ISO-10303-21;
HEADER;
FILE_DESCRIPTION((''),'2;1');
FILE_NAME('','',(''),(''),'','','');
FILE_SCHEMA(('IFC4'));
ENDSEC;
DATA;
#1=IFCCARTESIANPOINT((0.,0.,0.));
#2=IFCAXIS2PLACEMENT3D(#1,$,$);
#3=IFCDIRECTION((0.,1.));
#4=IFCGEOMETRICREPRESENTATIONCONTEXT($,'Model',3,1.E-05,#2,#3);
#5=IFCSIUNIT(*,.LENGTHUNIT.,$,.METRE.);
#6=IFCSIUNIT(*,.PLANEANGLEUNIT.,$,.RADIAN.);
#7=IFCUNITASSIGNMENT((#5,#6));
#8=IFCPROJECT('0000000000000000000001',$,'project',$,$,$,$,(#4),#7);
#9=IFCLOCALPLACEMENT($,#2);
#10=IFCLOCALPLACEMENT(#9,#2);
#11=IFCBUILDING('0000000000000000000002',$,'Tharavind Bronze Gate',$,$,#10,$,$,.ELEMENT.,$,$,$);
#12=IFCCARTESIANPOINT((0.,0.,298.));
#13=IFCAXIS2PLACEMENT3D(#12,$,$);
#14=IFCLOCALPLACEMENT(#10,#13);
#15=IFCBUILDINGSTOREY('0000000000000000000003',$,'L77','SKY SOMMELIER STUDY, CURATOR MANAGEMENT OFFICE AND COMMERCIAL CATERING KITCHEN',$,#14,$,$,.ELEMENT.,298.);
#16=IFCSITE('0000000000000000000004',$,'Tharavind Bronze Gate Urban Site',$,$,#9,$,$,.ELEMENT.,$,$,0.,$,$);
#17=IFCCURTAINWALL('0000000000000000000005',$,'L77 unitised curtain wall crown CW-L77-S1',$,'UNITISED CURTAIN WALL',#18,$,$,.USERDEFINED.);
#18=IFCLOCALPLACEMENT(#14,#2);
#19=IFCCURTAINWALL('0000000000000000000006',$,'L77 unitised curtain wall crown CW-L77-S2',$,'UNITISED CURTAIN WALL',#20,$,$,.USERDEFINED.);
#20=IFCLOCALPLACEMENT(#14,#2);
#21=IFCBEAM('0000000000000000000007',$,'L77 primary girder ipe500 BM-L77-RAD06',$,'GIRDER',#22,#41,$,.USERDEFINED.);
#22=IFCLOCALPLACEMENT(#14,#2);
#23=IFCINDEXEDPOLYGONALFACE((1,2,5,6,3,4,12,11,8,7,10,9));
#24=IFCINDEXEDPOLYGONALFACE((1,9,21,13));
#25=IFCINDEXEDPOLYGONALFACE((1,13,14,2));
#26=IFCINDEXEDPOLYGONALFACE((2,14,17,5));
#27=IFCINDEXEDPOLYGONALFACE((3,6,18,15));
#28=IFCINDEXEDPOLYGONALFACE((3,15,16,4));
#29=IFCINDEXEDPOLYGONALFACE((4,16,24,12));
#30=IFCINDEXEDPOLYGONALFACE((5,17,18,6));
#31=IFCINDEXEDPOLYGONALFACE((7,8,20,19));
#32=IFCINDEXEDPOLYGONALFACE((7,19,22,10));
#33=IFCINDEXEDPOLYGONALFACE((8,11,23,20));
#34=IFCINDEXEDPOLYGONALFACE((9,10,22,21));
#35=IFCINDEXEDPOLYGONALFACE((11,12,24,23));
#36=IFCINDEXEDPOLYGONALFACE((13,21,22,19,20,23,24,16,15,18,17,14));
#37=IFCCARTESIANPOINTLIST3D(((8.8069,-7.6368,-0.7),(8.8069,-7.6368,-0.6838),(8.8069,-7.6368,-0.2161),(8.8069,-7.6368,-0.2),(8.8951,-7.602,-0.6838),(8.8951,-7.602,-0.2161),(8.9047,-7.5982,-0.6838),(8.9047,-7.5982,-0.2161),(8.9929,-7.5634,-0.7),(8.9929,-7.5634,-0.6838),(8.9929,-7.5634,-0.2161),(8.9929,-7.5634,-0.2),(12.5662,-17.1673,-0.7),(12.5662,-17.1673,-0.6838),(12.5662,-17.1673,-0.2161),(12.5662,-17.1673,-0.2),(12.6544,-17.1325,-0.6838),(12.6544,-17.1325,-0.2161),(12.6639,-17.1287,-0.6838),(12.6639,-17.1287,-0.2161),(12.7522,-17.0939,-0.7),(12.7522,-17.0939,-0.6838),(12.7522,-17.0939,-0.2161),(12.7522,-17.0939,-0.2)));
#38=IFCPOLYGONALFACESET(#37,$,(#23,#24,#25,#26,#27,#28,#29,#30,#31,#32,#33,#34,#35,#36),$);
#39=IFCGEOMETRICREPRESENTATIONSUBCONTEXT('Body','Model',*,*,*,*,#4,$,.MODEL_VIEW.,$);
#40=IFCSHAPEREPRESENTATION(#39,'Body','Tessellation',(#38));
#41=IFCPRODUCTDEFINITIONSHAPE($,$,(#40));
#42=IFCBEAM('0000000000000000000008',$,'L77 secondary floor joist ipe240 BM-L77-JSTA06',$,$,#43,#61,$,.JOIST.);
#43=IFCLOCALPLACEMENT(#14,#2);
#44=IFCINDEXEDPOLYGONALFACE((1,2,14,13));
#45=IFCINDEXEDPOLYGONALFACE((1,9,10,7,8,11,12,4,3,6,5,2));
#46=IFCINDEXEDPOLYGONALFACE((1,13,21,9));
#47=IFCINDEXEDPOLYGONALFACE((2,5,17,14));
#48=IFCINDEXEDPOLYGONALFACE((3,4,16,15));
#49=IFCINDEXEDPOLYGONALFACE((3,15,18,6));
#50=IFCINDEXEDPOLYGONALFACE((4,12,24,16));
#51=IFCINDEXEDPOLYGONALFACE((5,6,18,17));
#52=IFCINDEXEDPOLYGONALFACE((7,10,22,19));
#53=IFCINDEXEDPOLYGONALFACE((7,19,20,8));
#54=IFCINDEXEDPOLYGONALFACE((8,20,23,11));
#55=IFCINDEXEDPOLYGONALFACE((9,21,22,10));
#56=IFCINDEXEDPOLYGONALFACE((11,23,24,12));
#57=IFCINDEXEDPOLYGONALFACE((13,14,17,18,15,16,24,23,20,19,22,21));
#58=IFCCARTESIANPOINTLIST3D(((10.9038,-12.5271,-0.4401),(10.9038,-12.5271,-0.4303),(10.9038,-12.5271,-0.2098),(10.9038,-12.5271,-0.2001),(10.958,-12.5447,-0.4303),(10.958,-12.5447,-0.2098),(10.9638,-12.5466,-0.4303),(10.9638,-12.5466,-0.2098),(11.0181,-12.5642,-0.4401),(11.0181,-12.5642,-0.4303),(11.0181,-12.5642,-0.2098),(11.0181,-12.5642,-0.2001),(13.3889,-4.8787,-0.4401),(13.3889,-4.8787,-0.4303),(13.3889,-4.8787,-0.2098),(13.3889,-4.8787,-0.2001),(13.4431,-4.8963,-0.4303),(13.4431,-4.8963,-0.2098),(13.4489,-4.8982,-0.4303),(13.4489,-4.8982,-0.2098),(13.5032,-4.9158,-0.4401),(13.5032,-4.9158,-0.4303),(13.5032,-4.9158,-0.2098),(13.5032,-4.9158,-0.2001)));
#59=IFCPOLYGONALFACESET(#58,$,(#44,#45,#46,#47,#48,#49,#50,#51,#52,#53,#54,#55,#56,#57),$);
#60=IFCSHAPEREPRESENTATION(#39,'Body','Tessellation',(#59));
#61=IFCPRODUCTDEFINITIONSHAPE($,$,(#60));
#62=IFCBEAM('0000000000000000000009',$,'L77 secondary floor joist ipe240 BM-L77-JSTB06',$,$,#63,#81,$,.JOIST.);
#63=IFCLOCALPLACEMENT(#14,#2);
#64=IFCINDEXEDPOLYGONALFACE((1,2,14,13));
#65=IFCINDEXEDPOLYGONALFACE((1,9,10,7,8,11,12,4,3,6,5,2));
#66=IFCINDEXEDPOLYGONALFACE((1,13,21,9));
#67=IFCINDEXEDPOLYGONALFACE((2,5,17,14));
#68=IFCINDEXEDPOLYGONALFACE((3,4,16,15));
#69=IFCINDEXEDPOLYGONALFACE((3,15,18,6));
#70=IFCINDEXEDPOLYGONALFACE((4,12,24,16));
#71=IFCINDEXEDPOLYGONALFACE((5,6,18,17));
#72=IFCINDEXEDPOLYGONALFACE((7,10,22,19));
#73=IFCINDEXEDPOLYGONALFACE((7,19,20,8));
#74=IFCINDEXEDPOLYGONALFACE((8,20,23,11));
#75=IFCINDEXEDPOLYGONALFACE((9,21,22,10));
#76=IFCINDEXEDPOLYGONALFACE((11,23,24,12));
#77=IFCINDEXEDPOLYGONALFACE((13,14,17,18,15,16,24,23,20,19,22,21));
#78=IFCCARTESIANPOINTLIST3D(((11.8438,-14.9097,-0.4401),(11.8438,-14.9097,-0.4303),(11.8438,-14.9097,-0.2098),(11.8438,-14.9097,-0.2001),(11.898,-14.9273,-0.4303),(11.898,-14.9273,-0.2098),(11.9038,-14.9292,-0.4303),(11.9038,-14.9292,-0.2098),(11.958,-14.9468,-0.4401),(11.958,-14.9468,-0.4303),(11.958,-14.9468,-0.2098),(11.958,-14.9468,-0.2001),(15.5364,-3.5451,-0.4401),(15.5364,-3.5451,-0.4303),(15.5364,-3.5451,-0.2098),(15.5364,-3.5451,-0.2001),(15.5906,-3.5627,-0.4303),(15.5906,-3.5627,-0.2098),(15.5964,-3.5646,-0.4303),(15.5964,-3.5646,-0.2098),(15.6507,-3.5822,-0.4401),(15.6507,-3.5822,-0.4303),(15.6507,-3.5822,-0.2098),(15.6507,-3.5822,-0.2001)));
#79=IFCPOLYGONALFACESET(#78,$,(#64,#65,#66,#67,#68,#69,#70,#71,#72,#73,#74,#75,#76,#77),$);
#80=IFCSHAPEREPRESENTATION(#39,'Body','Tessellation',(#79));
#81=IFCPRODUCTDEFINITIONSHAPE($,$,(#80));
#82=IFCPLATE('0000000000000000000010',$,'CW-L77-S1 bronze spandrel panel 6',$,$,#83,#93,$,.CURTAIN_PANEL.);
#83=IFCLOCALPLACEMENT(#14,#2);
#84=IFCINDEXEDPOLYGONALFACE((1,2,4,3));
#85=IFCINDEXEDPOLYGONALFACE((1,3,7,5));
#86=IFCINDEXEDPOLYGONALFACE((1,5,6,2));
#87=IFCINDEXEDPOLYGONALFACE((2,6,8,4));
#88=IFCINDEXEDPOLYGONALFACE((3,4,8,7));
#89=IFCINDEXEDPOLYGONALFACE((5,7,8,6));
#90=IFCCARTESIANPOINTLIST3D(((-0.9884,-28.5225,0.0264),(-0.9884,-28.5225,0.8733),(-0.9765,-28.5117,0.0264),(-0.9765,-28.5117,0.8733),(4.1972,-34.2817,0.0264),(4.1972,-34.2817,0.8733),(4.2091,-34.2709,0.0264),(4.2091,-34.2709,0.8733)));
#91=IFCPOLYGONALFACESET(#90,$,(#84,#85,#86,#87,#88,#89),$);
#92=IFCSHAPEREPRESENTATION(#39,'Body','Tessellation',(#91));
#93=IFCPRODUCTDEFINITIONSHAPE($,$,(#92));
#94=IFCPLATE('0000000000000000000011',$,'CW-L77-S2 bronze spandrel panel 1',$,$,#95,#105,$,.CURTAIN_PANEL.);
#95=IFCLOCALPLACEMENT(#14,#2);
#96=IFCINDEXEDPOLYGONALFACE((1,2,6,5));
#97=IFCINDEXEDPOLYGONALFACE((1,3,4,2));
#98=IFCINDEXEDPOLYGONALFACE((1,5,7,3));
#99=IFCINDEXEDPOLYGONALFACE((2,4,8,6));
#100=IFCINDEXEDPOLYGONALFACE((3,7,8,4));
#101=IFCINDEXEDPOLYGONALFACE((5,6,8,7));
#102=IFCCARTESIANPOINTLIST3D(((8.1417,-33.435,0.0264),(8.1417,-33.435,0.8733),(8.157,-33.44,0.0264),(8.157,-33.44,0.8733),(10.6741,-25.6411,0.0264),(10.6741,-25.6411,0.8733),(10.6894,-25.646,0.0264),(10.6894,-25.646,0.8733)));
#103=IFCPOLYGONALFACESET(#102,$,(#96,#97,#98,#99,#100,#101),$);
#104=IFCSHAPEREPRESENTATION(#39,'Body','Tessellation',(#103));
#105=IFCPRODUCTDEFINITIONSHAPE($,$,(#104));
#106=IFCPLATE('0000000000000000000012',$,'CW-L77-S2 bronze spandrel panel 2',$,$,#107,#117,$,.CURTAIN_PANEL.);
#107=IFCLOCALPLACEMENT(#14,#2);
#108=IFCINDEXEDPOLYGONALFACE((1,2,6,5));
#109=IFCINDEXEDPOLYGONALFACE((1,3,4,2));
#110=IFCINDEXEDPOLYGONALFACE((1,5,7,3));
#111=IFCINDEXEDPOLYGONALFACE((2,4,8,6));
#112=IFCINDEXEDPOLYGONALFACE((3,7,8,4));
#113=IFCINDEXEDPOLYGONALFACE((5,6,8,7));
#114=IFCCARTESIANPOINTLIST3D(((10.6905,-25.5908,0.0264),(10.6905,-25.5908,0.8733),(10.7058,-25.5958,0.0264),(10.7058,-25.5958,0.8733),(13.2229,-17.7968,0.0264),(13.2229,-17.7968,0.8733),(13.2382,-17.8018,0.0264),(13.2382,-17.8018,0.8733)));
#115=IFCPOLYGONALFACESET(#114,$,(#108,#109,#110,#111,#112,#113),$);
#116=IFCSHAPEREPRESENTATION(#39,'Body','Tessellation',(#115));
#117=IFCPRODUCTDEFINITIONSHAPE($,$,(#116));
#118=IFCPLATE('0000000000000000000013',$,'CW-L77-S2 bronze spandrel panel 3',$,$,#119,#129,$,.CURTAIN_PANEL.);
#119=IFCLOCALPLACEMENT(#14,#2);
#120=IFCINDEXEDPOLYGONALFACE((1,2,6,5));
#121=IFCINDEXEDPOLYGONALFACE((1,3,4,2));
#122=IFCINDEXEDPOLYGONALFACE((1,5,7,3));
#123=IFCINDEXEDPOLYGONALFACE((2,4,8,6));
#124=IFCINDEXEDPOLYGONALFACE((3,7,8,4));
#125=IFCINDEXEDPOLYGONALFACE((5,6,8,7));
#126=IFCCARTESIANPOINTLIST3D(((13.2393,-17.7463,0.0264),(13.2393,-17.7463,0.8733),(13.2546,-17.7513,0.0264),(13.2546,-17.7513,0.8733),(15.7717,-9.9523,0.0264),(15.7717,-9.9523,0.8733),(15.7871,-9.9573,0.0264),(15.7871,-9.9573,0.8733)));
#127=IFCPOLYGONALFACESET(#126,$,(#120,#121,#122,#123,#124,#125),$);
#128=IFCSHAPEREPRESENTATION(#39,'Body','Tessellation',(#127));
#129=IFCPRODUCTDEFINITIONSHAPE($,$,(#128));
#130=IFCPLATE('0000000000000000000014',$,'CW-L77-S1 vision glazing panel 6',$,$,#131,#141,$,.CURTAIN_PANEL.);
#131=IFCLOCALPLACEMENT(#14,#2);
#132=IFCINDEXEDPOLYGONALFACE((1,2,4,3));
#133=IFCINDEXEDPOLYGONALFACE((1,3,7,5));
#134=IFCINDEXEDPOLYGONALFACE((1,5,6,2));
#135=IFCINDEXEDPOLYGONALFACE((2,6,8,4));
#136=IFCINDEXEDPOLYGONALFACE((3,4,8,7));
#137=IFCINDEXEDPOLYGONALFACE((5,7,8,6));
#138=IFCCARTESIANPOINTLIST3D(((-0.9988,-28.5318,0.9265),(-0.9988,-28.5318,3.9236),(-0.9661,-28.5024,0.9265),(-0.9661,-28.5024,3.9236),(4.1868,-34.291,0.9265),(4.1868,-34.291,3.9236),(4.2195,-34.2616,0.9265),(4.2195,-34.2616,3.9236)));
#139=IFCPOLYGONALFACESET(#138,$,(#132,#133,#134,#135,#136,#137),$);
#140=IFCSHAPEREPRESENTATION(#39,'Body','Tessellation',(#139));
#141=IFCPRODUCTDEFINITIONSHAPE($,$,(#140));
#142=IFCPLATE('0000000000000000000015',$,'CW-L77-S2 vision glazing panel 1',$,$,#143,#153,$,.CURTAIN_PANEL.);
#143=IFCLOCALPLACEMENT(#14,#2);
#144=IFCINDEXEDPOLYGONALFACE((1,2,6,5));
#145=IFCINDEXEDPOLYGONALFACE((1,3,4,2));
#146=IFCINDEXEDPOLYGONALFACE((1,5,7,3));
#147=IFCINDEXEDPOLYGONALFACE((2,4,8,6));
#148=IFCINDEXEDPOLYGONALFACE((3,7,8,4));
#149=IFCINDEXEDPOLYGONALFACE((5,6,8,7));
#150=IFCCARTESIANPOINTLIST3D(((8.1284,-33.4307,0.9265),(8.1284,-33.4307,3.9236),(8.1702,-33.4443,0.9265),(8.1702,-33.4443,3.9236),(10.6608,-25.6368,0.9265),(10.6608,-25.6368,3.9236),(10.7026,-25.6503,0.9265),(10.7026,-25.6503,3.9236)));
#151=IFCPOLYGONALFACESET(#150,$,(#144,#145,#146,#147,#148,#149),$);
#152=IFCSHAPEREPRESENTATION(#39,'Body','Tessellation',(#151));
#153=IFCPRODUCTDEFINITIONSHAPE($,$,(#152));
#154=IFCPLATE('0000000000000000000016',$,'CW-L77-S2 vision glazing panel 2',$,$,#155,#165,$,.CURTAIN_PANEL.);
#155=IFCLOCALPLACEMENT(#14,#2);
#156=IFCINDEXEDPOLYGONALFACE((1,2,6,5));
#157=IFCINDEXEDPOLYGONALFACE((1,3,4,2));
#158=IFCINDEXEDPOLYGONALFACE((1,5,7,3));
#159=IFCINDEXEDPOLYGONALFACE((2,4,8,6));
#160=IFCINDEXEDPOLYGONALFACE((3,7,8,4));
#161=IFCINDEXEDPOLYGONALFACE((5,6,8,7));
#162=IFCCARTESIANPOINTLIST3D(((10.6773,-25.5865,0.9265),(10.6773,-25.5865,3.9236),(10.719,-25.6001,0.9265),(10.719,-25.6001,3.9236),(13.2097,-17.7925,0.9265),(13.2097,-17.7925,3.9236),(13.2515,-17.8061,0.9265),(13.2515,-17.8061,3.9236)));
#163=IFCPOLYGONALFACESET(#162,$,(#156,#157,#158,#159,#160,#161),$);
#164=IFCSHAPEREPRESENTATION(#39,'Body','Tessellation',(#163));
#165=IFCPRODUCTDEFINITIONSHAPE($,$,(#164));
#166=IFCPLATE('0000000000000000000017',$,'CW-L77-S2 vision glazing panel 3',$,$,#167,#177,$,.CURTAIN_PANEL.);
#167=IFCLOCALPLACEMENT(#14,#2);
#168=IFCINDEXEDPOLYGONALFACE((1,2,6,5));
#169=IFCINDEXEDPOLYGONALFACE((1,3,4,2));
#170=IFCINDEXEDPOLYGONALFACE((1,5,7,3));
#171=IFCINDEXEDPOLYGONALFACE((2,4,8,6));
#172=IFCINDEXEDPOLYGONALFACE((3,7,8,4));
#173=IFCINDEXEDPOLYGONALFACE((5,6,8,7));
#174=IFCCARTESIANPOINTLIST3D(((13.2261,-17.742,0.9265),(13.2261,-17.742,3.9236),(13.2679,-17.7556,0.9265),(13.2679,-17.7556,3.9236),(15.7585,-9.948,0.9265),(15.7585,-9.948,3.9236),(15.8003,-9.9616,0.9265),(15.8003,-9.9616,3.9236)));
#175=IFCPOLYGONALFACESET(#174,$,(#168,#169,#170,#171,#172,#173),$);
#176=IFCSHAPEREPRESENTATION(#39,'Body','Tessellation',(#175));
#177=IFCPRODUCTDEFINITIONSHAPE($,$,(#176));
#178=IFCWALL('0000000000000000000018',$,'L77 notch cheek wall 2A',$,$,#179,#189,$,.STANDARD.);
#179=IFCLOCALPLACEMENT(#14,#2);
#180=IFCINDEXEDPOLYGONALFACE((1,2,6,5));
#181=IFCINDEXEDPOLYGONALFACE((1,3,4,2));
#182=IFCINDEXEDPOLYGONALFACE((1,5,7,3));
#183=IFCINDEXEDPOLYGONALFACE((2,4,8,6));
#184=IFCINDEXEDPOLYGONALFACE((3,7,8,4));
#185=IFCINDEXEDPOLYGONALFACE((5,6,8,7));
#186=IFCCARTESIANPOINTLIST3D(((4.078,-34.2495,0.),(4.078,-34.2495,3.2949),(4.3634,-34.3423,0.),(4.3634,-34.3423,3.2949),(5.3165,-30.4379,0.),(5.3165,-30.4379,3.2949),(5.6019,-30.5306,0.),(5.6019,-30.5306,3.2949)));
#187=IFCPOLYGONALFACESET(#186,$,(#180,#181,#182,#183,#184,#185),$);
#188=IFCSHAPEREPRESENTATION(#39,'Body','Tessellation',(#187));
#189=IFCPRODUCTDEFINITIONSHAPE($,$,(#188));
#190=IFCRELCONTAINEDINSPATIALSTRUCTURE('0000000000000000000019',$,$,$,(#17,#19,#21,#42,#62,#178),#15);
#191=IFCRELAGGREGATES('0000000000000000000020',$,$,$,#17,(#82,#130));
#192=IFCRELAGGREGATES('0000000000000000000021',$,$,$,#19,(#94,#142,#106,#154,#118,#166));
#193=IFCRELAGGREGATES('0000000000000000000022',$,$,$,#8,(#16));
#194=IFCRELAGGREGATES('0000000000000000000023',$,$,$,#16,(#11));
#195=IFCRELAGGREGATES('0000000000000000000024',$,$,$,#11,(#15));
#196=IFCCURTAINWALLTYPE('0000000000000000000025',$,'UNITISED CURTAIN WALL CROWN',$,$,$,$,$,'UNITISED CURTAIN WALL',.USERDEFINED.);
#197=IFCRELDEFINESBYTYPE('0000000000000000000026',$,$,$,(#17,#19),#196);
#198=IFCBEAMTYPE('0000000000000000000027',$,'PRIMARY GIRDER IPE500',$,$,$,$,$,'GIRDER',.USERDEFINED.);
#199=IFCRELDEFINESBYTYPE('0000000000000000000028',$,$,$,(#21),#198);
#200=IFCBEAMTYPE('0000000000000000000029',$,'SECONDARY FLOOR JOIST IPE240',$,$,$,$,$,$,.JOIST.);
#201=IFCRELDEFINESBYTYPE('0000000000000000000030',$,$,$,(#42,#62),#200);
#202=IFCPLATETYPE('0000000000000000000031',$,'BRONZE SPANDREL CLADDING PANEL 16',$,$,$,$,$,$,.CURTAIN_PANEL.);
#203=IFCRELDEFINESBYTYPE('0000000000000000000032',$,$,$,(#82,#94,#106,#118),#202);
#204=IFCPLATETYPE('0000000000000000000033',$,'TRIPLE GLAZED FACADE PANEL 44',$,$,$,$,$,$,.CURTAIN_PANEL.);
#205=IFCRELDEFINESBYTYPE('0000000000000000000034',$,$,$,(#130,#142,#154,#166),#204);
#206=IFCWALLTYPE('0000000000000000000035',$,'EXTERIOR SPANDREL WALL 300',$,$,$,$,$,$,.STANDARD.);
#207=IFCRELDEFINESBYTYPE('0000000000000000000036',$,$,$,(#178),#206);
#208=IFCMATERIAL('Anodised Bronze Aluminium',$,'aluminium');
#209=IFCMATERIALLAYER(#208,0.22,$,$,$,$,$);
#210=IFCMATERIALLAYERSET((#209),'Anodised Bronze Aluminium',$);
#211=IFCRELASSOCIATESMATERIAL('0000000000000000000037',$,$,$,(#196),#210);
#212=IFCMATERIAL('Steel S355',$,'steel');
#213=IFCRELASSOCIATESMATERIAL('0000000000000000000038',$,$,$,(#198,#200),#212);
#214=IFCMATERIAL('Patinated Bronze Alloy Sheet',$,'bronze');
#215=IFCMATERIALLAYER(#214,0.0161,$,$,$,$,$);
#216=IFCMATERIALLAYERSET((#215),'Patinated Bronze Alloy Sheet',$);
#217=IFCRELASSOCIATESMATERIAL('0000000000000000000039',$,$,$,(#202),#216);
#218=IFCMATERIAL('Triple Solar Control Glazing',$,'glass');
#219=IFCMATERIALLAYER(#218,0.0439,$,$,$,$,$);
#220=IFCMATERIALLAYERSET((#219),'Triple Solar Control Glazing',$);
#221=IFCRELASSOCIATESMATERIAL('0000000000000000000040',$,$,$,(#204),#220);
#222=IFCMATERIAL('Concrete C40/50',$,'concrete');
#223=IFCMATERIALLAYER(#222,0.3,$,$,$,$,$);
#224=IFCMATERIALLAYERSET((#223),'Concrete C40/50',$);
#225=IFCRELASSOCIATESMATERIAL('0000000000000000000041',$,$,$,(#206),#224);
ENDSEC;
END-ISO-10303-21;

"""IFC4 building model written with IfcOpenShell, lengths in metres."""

from ifc_helpers import new_model, si_unit, direction, frame, frame_2d, origin, origin_2d, place, context, subcontext, project, spatial, rectangle, i_section, extrude, material, layer, layer_set, material_profile, profile_set, type_object, element, aggregate, save


model = new_model("IFC4")

# Units and contexts
model_context = context("Model", 3, precision=1e-05, world=origin(), true_north=direction((0.0, 1.0)))
body_context = subcontext(model_context, "Body", "Model", "MODEL_VIEW")
ifc_project = project(units=[si_unit("LENGTHUNIT", "METRE"), si_unit("PLANEANGLEUNIT", "RADIAN")], contexts=[model_context])

# Site, building, storey
site_placement = place(None, origin())
site = spatial("IfcSite", under=ifc_project, at=site_placement, Name="Tharavind Bronze Gate Urban Site", CompositionType="ELEMENT", RefElevation=0.0)
building_placement = place(site_placement, origin())
building = spatial("IfcBuilding", under=site, at=building_placement, Name="Tharavind Bronze Gate", CompositionType="ELEMENT")
storey_placement = place(building_placement, frame((0.0, 0.0, 298.0)))
storey = spatial("IfcBuildingStorey", under=building, at=storey_placement, Name="L77", Description="SKY SOMMELIER STUDY, CURATOR MANAGEMENT OFFICE AND COMMERCIAL CATERING KITCHEN", CompositionType="ELEMENT", Elevation=298.0)

# Curtain wall
ifc_material_1 = material(Name="Anodised Bronze Aluminium", Category="aluminium")
ifc_layer_1 = layer(ifc_material_1, 0.22)
ifc_layer_set_1 = layer_set([ifc_layer_1], Name="Anodised Bronze Aluminium")
curtain_wall_type = type_object("IfcCurtainWallType", Name="UNITISED CURTAIN WALL CROWN", ElementType="UNITISED CURTAIN WALL", PredefinedType="USERDEFINED", material=ifc_layer_set_1)
curtain_wall_1_placement = place(storey_placement, origin())
curtain_wall_1 = element("IfcCurtainWall", 1, at=curtain_wall_1_placement, inside=storey, type_object=curtain_wall_type, Name="L77 unitised curtain wall crown CW-L77-S1", ObjectType="UNITISED CURTAIN WALL", PredefinedType="USERDEFINED")

# Curtain wall
curtain_wall_2_placement = place(storey_placement, origin())
curtain_wall_2 = element("IfcCurtainWall", 2, at=curtain_wall_2_placement, inside=storey, type_object=curtain_wall_type, Name="L77 unitised curtain wall crown CW-L77-S2", ObjectType="UNITISED CURTAIN WALL", PredefinedType="USERDEFINED")

# Beams
ifc_material_2 = material(Name="Steel S355", Category="steel")
ifc_material_profile_1 = material_profile(ifc_material_2, i_section(OverallWidth=0.2, OverallDepth=0.5, WebThickness=0.0103, FlangeThickness=0.0161, at=origin_2d()), Name="IPE500")
ifc_profile_set_1 = profile_set([ifc_material_profile_1], Name="Steel S355")
beam_type_1 = type_object("IfcBeamType", Name="PRIMARY GIRDER IPE500", ElementType="GIRDER", PredefinedType="USERDEFINED", material=ifc_profile_set_1)
beam_1_placement = place(storey_placement, frame((12.6592, -17.1306, -0.45), z_axis=(-0.366933, 0.930247, 0.0), x_axis=(-0.930247, -0.366933, 0.0)))
element("IfcBeam", 3, at=beam_1_placement, inside=storey, type_object=beam_type_1, Name="L77 primary girder ipe500 BM-L77-RAD06", ObjectType="GIRDER", PredefinedType="USERDEFINED", context=body_context, shape_type="SweptSolid", body=[
    extrude(i_section(OverallWidth=0.2, OverallDepth=0.5, WebThickness=0.0103, FlangeThickness=0.0161, at=origin_2d()), origin(), (0.0, 0.0, 1.0), 10.2451),
])
ifc_material_profile_2 = material_profile(ifc_material_2, i_section(OverallWidth=0.1201, OverallDepth=0.24, WebThickness=0.0061, FlangeThickness=0.0098, at=origin_2d()), Name="IPE240")
ifc_profile_set_2 = profile_set([ifc_material_profile_2], Name="Steel S355")
beam_type_2 = type_object("IfcBeamType", Name="SECONDARY FLOOR JOIST IPE240", PredefinedType="JOIST", material=ifc_profile_set_2)
beam_2_placement = place(storey_placement, frame((10.9609, -12.5457, -0.3201), z_axis=(0.309015, 0.951057, 0.0), x_axis=(-0.951057, 0.309015, 0.0)))
element("IfcBeam", 4, at=beam_2_placement, inside=storey, type_object=beam_type_2, Name="L77 secondary floor joist ipe240 BM-L77-JSTA06", PredefinedType="JOIST", context=body_context, shape_type="SweptSolid", body=[
    extrude(i_section(OverallWidth=0.1201, OverallDepth=0.24, WebThickness=0.0061, FlangeThickness=0.0098, at=origin_2d()), origin(), (0.0, 0.0, 1.0), 8.042),
])
beam_3_placement = place(storey_placement, frame((11.9009, -14.9282, -0.3201), z_axis=(0.309023, 0.951055, 0.0), x_axis=(-0.951055, 0.309023, 0.0)))
element("IfcBeam", 5, at=beam_3_placement, inside=storey, type_object=beam_type_2, Name="L77 secondary floor joist ipe240 BM-L77-JSTB06", PredefinedType="JOIST", context=body_context, shape_type="SweptSolid", body=[
    extrude(i_section(OverallWidth=0.1201, OverallDepth=0.24, WebThickness=0.0061, FlangeThickness=0.0098, at=origin_2d()), origin(), (0.0, 0.0, 1.0), 11.9495),
])

# Plates
ifc_material_3 = material(Name="Patinated Bronze Alloy Sheet", Category="bronze")
ifc_layer_2 = layer(ifc_material_3, 0.0161)
ifc_layer_set_2 = layer_set([ifc_layer_2], Name="Patinated Bronze Alloy Sheet")
plate_type_1 = type_object("IfcPlateType", Name="BRONZE SPANDREL CLADDING PANEL 16", PredefinedType="CURTAIN_PANEL", material=ifc_layer_set_2)
plate_1_placement = place(storey_placement, frame((1.6104, -31.3967, 0.0264), z_axis=(0.0, 0.0, 1.0), x_axis=(0.669131, -0.743145, 0.0)))
plate_1 = element("IfcPlate", 6, at=plate_1_placement, type_object=plate_type_1, Name="CW-L77-S1 bronze spandrel panel 6", PredefinedType="CURTAIN_PANEL", context=body_context, shape_type="SweptSolid", body=[
    extrude(rectangle(XDim=7.7498, YDim=0.0161, at=origin_2d()), origin(), (0.0, 0.0, 1.0), 0.8469),
])
plate_2_placement = place(storey_placement, frame((9.4155, -29.5405, 0.0264), z_axis=(0.0, 0.0, 1.0), x_axis=(0.309017, 0.951057, 0.0)))
plate_2 = element("IfcPlate", 7, at=plate_2_placement, type_object=plate_type_1, Name="CW-L77-S2 bronze spandrel panel 1", PredefinedType="CURTAIN_PANEL", context=body_context, shape_type="SweptSolid", body=[
    extrude(rectangle(XDim=8.1951, YDim=0.0161, at=origin_2d()), origin(), (0.0, 0.0, 1.0), 0.8469),
])
plate_3_placement = place(storey_placement, frame((11.9644, -21.6963, 0.0264), z_axis=(0.0, 0.0, 1.0), x_axis=(0.309017, 0.951057, 0.0)))
plate_3 = element("IfcPlate", 8, at=plate_3_placement, type_object=plate_type_1, Name="CW-L77-S2 bronze spandrel panel 2", PredefinedType="CURTAIN_PANEL", context=body_context, shape_type="SweptSolid", body=[
    extrude(rectangle(XDim=8.1951, YDim=0.0161, at=origin_2d()), origin(), (0.0, 0.0, 1.0), 0.8469),
])
plate_4_placement = place(storey_placement, frame((14.5132, -13.8518, 0.0264), z_axis=(0.0, 0.0, 1.0), x_axis=(0.309017, 0.951057, 0.0)))
plate_4 = element("IfcPlate", 9, at=plate_4_placement, type_object=plate_type_1, Name="CW-L77-S2 bronze spandrel panel 3", PredefinedType="CURTAIN_PANEL", context=body_context, shape_type="SweptSolid", body=[
    extrude(rectangle(XDim=8.1951, YDim=0.0161, at=origin_2d()), origin(), (0.0, 0.0, 1.0), 0.8469),
])
ifc_material_4 = material(Name="Triple Solar Control Glazing", Category="glass")
ifc_layer_3 = layer(ifc_material_4, 0.0439)
ifc_layer_set_3 = layer_set([ifc_layer_3], Name="Triple Solar Control Glazing")
plate_type_2 = type_object("IfcPlateType", Name="TRIPLE GLAZED FACADE PANEL 44", PredefinedType="CURTAIN_PANEL", material=ifc_layer_set_3)
plate_5_placement = place(storey_placement, frame((1.6104, -31.3967, 0.9265), z_axis=(0.0, 0.0, 1.0), x_axis=(0.669131, -0.743145, 0.0)))
plate_5 = element("IfcPlate", 10, at=plate_5_placement, type_object=plate_type_2, Name="CW-L77-S1 vision glazing panel 6", PredefinedType="CURTAIN_PANEL", context=body_context, shape_type="SweptSolid", body=[
    extrude(rectangle(XDim=7.7498, YDim=0.0439, at=origin_2d()), origin(), (0.0, 0.0, 1.0), 2.9971),
])
aggregate(curtain_wall_1, [plate_1, plate_5])
plate_6_placement = place(storey_placement, frame((9.4155, -29.5405, 0.9265), z_axis=(0.0, 0.0, 1.0), x_axis=(0.309017, 0.951057, 0.0)))
plate_6 = element("IfcPlate", 11, at=plate_6_placement, type_object=plate_type_2, Name="CW-L77-S2 vision glazing panel 1", PredefinedType="CURTAIN_PANEL", context=body_context, shape_type="SweptSolid", body=[
    extrude(rectangle(XDim=8.1951, YDim=0.0439, at=origin_2d()), origin(), (0.0, 0.0, 1.0), 2.9971),
])
plate_7_placement = place(storey_placement, frame((11.9644, -21.6963, 0.9265), z_axis=(0.0, 0.0, 1.0), x_axis=(0.309017, 0.951057, 0.0)))
plate_7 = element("IfcPlate", 12, at=plate_7_placement, type_object=plate_type_2, Name="CW-L77-S2 vision glazing panel 2", PredefinedType="CURTAIN_PANEL", context=body_context, shape_type="SweptSolid", body=[
    extrude(rectangle(XDim=8.1951, YDim=0.0439, at=origin_2d()), origin(), (0.0, 0.0, 1.0), 2.9971),
])
plate_8_placement = place(storey_placement, frame((14.5132, -13.8518, 0.9265), z_axis=(0.0, 0.0, 1.0), x_axis=(0.309017, 0.951057, 0.0)))
plate_8 = element("IfcPlate", 13, at=plate_8_placement, type_object=plate_type_2, Name="CW-L77-S2 vision glazing panel 3", PredefinedType="CURTAIN_PANEL", context=body_context, shape_type="SweptSolid", body=[
    extrude(rectangle(XDim=8.1951, YDim=0.0439, at=origin_2d()), origin(), (0.0, 0.0, 1.0), 2.9971),
])
aggregate(curtain_wall_2, [plate_2, plate_6, plate_3, plate_7, plate_4, plate_8])

# Wall
ifc_material_5 = material(Name="Concrete C40/50", Category="concrete")
ifc_layer_4 = layer(ifc_material_5, 0.3)
ifc_layer_set_4 = layer_set([ifc_layer_4], Name="Concrete C40/50")
wall_type_1 = type_object("IfcWallType", Name="EXTERIOR SPANDREL WALL 300", PredefinedType="STANDARD", material=ifc_layer_set_4)
wall_1_placement = place(storey_placement, frame((4.2207, -34.2959, 0.0), z_axis=(0.0, 0.0, 1.0), x_axis=(0.309019, 0.951056, 0.0)))
element("IfcWall", 14, at=wall_1_placement, inside=storey, type_object=wall_type_1, Name="L77 notch cheek wall 2A", PredefinedType="STANDARD", context=body_context, shape_type="SweptSolid", body=[
    extrude(rectangle(XDim=4.0078, YDim=0.3, at=frame_2d((2.0039, 0.0))), origin(), (0.0, 0.0, 1.0), 3.2949),
])

save(model, "model.ifc")
